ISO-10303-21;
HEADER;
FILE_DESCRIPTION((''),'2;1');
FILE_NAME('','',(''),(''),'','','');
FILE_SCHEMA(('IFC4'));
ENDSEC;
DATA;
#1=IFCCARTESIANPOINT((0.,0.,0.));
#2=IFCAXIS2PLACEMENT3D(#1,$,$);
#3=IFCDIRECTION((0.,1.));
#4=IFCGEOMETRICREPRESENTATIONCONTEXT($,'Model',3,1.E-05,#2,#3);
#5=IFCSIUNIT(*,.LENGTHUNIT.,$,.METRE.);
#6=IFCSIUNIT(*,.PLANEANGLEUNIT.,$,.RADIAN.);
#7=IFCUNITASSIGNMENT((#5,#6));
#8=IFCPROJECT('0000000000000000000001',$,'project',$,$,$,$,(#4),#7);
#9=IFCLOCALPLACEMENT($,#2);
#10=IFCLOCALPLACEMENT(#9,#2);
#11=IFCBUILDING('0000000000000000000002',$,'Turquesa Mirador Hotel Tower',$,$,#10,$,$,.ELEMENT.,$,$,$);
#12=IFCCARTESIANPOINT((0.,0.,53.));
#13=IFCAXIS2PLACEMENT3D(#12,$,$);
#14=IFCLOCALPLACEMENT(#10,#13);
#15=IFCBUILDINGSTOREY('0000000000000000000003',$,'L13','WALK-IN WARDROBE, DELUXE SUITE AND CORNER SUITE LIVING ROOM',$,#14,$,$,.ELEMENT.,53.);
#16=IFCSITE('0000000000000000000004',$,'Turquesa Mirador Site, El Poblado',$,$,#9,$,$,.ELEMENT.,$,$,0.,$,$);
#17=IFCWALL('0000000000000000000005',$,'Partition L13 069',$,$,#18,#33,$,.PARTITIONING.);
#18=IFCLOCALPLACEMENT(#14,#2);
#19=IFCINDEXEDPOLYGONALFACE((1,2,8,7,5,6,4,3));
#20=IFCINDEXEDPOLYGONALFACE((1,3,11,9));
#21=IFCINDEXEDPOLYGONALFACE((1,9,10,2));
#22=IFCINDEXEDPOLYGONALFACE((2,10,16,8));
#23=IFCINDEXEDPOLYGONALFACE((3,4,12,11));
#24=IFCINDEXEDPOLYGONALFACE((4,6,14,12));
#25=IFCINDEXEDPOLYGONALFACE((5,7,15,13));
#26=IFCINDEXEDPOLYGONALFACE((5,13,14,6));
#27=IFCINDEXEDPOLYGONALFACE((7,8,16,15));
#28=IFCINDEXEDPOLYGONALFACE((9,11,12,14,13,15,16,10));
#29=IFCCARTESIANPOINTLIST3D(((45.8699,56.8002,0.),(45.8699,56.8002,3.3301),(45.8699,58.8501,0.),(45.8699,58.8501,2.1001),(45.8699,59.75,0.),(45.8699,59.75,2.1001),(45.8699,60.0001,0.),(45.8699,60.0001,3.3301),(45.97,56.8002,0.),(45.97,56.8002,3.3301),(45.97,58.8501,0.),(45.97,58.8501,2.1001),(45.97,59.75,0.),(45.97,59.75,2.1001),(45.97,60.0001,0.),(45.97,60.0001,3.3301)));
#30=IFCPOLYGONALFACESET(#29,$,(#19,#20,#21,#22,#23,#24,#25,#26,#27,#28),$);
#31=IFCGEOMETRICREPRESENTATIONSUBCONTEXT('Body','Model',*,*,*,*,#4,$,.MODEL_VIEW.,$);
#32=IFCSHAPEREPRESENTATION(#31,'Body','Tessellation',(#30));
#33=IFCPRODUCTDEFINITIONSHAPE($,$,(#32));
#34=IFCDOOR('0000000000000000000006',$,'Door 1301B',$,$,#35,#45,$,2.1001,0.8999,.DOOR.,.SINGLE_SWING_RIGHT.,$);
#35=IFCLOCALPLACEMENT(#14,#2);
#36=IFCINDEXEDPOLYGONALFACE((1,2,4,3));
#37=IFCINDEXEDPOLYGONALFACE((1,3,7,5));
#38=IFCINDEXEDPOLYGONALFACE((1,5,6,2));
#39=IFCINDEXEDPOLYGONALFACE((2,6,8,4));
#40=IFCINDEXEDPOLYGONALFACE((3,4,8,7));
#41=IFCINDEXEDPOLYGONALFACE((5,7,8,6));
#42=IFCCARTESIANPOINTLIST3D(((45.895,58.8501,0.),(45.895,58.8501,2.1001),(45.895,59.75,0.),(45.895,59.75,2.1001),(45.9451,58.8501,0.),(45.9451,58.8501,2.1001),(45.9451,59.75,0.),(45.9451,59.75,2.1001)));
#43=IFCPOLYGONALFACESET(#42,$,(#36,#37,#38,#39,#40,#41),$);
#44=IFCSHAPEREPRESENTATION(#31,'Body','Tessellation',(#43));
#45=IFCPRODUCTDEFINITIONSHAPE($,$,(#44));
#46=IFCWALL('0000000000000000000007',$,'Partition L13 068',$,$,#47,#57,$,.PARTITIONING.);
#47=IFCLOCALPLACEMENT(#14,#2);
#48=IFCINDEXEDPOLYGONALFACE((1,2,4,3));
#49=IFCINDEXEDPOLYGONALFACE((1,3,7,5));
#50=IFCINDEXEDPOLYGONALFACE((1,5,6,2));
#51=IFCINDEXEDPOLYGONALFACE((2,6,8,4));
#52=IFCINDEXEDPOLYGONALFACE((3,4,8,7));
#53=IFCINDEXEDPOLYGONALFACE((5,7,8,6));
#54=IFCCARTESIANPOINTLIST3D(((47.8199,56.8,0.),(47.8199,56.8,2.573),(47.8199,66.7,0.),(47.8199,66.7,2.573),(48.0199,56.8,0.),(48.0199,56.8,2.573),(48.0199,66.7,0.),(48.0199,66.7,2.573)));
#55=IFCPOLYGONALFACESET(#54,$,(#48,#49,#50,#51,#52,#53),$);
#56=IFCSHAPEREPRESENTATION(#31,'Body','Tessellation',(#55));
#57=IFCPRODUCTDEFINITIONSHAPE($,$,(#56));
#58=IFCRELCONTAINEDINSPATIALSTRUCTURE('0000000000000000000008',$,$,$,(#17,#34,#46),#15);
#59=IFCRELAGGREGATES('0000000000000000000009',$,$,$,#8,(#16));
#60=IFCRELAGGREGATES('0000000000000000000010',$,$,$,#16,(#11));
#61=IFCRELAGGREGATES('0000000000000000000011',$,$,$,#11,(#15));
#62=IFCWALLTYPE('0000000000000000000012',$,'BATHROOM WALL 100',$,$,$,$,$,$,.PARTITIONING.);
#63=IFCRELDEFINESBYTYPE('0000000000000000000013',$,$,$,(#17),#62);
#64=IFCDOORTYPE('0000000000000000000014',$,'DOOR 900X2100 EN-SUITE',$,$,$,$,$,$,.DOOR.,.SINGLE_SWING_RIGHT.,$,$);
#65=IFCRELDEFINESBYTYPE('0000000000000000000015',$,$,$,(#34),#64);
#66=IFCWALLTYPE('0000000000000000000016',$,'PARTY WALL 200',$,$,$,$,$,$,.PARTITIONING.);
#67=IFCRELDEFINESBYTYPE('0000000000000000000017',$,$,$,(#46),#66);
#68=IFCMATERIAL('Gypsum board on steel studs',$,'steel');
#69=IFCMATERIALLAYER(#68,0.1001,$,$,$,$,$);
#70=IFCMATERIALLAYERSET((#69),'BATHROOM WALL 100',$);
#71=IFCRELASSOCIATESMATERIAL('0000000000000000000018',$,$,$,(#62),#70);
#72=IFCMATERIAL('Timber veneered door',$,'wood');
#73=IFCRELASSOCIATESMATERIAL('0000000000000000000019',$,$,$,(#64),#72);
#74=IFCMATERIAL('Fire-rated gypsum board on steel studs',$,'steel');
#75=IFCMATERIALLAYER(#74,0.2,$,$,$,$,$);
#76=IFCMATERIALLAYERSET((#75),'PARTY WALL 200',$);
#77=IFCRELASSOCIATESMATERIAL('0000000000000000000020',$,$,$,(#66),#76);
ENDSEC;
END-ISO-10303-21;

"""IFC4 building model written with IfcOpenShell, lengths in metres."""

from ifc_helpers import new_model, si_unit, direction, frame, frame_2d, origin, place, context, subcontext, project, spatial, rectangle, extrude, material, layer, layer_set, type_object, element, fill, save


model = new_model("IFC4")

# Units and contexts
model_context = context("Model", 3, precision=1e-05, world=origin(), true_north=direction((0.0, 1.0)))
body_context = subcontext(model_context, "Body", "Model", "MODEL_VIEW")
ifc_project = project(units=[si_unit("LENGTHUNIT", "METRE"), si_unit("PLANEANGLEUNIT", "RADIAN")], contexts=[model_context])

# Site, building, storey
site_placement = place(None, origin())
site = spatial("IfcSite", under=ifc_project, at=site_placement, Name="Turquesa Mirador Site, El Poblado", CompositionType="ELEMENT", RefElevation=0.0)
building_placement = place(site_placement, origin())
building = spatial("IfcBuilding", under=site, at=building_placement, Name="Turquesa Mirador Hotel Tower", CompositionType="ELEMENT")
storey_placement = place(building_placement, frame((0.0, 0.0, 53.0)))
storey = spatial("IfcBuildingStorey", under=building, at=storey_placement, Name="L13", Description="WALK-IN WARDROBE, DELUXE SUITE AND CORNER SUITE LIVING ROOM", CompositionType="ELEMENT", Elevation=53.0)

# Shared definitions
ifc_material_1 = material(Name="Gypsum board on steel studs", Category="steel")
ifc_layer_1 = layer(ifc_material_1, 0.1001)
ifc_layer_set_1 = layer_set([ifc_layer_1], Name="BATHROOM WALL 100")
wall_type_1 = type_object("IfcWallType", Name="BATHROOM WALL 100", PredefinedType="PARTITIONING", material=ifc_layer_set_1)

# Wall, opening, door
ifc_material_2 = material(Name="Timber veneered door", Category="wood")
door_type_1 = type_object("IfcDoorType", Name="DOOR 900X2100 EN-SUITE", OperationType="SINGLE_SWING_RIGHT", PredefinedType="DOOR", material=ifc_material_2)
wall_1_placement = place(storey_placement, frame((45.9199, 56.8, 0.0), z_axis=(0.0, 0.0, 1.0), x_axis=(0.0, 1.0, 0.0)))
wall_1 = element("IfcWall", 1, at=wall_1_placement, inside=storey, type_object=wall_type_1, Name="Partition L13 069", PredefinedType="PARTITIONING", context=body_context, shape_type="SweptSolid", body=[
    extrude(rectangle(XDim=3.2, YDim=0.1001, at=frame_2d((1.6001, 0.0))), origin(), (0.0, 0.0, 1.0), 3.3301),
])
opening_1_placement = place(wall_1_placement, frame((2.05, 0.0, 0.0)))
opening_1 = element("IfcOpeningElement", 2, at=opening_1_placement, cuts=wall_1, PredefinedType="OPENING", context=body_context, shape_type="SweptSolid", body=[
    extrude(rectangle(XDim=0.8999, YDim=2.1001, at=frame_2d((0.45, 1.05))), frame((0.0, 0.0601, 0.0), z_axis=(0.0, -1.0, 0.0), x_axis=(1.0, 0.0, 0.0)), (0.0, 0.0, 1.0), 0.1201),
])
door_1_placement = place(opening_1_placement, origin())
door_1 = element("IfcDoor", 3, at=door_1_placement, inside=storey, type_object=door_type_1, Name="Door 1301B", OperationType="SINGLE_SWING_RIGHT", OverallHeight=2.1001, OverallWidth=0.8999, PredefinedType="DOOR", context=body_context, shape_type="SweptSolid", body=[
    extrude(rectangle(XDim=0.8999, YDim=2.1001, at=frame_2d((0.45, 1.05))), frame((0.0, 0.0249, 0.0), z_axis=(0.0, -1.0, 0.0), x_axis=(1.0, 0.0, 0.0)), (0.0, 0.0, 1.0), 0.05),
])
fill(opening_1, door_1)

# Wall
ifc_material_3 = material(Name="Fire-rated gypsum board on steel studs", Category="steel")
ifc_layer_2 = layer(ifc_material_3, 0.2)
ifc_layer_set_2 = layer_set([ifc_layer_2], Name="PARTY WALL 200")
wall_type_2 = type_object("IfcWallType", Name="PARTY WALL 200", PredefinedType="PARTITIONING", material=ifc_layer_set_2)
wall_2_placement = place(storey_placement, frame((47.9199, 56.8, 0.0), z_axis=(0.0, 0.0, 1.0), x_axis=(0.0, 1.0, 0.0)))
element("IfcWall", 4, at=wall_2_placement, inside=storey, type_object=wall_type_2, Name="Partition L13 068", PredefinedType="PARTITIONING", context=body_context, shape_type="SweptSolid", body=[
    extrude(rectangle(XDim=9.8999, YDim=0.2, at=frame_2d((4.95, 0.0))), origin(), (0.0, 0.0, 1.0), 2.573),
])

save(model, "model.ifc")
